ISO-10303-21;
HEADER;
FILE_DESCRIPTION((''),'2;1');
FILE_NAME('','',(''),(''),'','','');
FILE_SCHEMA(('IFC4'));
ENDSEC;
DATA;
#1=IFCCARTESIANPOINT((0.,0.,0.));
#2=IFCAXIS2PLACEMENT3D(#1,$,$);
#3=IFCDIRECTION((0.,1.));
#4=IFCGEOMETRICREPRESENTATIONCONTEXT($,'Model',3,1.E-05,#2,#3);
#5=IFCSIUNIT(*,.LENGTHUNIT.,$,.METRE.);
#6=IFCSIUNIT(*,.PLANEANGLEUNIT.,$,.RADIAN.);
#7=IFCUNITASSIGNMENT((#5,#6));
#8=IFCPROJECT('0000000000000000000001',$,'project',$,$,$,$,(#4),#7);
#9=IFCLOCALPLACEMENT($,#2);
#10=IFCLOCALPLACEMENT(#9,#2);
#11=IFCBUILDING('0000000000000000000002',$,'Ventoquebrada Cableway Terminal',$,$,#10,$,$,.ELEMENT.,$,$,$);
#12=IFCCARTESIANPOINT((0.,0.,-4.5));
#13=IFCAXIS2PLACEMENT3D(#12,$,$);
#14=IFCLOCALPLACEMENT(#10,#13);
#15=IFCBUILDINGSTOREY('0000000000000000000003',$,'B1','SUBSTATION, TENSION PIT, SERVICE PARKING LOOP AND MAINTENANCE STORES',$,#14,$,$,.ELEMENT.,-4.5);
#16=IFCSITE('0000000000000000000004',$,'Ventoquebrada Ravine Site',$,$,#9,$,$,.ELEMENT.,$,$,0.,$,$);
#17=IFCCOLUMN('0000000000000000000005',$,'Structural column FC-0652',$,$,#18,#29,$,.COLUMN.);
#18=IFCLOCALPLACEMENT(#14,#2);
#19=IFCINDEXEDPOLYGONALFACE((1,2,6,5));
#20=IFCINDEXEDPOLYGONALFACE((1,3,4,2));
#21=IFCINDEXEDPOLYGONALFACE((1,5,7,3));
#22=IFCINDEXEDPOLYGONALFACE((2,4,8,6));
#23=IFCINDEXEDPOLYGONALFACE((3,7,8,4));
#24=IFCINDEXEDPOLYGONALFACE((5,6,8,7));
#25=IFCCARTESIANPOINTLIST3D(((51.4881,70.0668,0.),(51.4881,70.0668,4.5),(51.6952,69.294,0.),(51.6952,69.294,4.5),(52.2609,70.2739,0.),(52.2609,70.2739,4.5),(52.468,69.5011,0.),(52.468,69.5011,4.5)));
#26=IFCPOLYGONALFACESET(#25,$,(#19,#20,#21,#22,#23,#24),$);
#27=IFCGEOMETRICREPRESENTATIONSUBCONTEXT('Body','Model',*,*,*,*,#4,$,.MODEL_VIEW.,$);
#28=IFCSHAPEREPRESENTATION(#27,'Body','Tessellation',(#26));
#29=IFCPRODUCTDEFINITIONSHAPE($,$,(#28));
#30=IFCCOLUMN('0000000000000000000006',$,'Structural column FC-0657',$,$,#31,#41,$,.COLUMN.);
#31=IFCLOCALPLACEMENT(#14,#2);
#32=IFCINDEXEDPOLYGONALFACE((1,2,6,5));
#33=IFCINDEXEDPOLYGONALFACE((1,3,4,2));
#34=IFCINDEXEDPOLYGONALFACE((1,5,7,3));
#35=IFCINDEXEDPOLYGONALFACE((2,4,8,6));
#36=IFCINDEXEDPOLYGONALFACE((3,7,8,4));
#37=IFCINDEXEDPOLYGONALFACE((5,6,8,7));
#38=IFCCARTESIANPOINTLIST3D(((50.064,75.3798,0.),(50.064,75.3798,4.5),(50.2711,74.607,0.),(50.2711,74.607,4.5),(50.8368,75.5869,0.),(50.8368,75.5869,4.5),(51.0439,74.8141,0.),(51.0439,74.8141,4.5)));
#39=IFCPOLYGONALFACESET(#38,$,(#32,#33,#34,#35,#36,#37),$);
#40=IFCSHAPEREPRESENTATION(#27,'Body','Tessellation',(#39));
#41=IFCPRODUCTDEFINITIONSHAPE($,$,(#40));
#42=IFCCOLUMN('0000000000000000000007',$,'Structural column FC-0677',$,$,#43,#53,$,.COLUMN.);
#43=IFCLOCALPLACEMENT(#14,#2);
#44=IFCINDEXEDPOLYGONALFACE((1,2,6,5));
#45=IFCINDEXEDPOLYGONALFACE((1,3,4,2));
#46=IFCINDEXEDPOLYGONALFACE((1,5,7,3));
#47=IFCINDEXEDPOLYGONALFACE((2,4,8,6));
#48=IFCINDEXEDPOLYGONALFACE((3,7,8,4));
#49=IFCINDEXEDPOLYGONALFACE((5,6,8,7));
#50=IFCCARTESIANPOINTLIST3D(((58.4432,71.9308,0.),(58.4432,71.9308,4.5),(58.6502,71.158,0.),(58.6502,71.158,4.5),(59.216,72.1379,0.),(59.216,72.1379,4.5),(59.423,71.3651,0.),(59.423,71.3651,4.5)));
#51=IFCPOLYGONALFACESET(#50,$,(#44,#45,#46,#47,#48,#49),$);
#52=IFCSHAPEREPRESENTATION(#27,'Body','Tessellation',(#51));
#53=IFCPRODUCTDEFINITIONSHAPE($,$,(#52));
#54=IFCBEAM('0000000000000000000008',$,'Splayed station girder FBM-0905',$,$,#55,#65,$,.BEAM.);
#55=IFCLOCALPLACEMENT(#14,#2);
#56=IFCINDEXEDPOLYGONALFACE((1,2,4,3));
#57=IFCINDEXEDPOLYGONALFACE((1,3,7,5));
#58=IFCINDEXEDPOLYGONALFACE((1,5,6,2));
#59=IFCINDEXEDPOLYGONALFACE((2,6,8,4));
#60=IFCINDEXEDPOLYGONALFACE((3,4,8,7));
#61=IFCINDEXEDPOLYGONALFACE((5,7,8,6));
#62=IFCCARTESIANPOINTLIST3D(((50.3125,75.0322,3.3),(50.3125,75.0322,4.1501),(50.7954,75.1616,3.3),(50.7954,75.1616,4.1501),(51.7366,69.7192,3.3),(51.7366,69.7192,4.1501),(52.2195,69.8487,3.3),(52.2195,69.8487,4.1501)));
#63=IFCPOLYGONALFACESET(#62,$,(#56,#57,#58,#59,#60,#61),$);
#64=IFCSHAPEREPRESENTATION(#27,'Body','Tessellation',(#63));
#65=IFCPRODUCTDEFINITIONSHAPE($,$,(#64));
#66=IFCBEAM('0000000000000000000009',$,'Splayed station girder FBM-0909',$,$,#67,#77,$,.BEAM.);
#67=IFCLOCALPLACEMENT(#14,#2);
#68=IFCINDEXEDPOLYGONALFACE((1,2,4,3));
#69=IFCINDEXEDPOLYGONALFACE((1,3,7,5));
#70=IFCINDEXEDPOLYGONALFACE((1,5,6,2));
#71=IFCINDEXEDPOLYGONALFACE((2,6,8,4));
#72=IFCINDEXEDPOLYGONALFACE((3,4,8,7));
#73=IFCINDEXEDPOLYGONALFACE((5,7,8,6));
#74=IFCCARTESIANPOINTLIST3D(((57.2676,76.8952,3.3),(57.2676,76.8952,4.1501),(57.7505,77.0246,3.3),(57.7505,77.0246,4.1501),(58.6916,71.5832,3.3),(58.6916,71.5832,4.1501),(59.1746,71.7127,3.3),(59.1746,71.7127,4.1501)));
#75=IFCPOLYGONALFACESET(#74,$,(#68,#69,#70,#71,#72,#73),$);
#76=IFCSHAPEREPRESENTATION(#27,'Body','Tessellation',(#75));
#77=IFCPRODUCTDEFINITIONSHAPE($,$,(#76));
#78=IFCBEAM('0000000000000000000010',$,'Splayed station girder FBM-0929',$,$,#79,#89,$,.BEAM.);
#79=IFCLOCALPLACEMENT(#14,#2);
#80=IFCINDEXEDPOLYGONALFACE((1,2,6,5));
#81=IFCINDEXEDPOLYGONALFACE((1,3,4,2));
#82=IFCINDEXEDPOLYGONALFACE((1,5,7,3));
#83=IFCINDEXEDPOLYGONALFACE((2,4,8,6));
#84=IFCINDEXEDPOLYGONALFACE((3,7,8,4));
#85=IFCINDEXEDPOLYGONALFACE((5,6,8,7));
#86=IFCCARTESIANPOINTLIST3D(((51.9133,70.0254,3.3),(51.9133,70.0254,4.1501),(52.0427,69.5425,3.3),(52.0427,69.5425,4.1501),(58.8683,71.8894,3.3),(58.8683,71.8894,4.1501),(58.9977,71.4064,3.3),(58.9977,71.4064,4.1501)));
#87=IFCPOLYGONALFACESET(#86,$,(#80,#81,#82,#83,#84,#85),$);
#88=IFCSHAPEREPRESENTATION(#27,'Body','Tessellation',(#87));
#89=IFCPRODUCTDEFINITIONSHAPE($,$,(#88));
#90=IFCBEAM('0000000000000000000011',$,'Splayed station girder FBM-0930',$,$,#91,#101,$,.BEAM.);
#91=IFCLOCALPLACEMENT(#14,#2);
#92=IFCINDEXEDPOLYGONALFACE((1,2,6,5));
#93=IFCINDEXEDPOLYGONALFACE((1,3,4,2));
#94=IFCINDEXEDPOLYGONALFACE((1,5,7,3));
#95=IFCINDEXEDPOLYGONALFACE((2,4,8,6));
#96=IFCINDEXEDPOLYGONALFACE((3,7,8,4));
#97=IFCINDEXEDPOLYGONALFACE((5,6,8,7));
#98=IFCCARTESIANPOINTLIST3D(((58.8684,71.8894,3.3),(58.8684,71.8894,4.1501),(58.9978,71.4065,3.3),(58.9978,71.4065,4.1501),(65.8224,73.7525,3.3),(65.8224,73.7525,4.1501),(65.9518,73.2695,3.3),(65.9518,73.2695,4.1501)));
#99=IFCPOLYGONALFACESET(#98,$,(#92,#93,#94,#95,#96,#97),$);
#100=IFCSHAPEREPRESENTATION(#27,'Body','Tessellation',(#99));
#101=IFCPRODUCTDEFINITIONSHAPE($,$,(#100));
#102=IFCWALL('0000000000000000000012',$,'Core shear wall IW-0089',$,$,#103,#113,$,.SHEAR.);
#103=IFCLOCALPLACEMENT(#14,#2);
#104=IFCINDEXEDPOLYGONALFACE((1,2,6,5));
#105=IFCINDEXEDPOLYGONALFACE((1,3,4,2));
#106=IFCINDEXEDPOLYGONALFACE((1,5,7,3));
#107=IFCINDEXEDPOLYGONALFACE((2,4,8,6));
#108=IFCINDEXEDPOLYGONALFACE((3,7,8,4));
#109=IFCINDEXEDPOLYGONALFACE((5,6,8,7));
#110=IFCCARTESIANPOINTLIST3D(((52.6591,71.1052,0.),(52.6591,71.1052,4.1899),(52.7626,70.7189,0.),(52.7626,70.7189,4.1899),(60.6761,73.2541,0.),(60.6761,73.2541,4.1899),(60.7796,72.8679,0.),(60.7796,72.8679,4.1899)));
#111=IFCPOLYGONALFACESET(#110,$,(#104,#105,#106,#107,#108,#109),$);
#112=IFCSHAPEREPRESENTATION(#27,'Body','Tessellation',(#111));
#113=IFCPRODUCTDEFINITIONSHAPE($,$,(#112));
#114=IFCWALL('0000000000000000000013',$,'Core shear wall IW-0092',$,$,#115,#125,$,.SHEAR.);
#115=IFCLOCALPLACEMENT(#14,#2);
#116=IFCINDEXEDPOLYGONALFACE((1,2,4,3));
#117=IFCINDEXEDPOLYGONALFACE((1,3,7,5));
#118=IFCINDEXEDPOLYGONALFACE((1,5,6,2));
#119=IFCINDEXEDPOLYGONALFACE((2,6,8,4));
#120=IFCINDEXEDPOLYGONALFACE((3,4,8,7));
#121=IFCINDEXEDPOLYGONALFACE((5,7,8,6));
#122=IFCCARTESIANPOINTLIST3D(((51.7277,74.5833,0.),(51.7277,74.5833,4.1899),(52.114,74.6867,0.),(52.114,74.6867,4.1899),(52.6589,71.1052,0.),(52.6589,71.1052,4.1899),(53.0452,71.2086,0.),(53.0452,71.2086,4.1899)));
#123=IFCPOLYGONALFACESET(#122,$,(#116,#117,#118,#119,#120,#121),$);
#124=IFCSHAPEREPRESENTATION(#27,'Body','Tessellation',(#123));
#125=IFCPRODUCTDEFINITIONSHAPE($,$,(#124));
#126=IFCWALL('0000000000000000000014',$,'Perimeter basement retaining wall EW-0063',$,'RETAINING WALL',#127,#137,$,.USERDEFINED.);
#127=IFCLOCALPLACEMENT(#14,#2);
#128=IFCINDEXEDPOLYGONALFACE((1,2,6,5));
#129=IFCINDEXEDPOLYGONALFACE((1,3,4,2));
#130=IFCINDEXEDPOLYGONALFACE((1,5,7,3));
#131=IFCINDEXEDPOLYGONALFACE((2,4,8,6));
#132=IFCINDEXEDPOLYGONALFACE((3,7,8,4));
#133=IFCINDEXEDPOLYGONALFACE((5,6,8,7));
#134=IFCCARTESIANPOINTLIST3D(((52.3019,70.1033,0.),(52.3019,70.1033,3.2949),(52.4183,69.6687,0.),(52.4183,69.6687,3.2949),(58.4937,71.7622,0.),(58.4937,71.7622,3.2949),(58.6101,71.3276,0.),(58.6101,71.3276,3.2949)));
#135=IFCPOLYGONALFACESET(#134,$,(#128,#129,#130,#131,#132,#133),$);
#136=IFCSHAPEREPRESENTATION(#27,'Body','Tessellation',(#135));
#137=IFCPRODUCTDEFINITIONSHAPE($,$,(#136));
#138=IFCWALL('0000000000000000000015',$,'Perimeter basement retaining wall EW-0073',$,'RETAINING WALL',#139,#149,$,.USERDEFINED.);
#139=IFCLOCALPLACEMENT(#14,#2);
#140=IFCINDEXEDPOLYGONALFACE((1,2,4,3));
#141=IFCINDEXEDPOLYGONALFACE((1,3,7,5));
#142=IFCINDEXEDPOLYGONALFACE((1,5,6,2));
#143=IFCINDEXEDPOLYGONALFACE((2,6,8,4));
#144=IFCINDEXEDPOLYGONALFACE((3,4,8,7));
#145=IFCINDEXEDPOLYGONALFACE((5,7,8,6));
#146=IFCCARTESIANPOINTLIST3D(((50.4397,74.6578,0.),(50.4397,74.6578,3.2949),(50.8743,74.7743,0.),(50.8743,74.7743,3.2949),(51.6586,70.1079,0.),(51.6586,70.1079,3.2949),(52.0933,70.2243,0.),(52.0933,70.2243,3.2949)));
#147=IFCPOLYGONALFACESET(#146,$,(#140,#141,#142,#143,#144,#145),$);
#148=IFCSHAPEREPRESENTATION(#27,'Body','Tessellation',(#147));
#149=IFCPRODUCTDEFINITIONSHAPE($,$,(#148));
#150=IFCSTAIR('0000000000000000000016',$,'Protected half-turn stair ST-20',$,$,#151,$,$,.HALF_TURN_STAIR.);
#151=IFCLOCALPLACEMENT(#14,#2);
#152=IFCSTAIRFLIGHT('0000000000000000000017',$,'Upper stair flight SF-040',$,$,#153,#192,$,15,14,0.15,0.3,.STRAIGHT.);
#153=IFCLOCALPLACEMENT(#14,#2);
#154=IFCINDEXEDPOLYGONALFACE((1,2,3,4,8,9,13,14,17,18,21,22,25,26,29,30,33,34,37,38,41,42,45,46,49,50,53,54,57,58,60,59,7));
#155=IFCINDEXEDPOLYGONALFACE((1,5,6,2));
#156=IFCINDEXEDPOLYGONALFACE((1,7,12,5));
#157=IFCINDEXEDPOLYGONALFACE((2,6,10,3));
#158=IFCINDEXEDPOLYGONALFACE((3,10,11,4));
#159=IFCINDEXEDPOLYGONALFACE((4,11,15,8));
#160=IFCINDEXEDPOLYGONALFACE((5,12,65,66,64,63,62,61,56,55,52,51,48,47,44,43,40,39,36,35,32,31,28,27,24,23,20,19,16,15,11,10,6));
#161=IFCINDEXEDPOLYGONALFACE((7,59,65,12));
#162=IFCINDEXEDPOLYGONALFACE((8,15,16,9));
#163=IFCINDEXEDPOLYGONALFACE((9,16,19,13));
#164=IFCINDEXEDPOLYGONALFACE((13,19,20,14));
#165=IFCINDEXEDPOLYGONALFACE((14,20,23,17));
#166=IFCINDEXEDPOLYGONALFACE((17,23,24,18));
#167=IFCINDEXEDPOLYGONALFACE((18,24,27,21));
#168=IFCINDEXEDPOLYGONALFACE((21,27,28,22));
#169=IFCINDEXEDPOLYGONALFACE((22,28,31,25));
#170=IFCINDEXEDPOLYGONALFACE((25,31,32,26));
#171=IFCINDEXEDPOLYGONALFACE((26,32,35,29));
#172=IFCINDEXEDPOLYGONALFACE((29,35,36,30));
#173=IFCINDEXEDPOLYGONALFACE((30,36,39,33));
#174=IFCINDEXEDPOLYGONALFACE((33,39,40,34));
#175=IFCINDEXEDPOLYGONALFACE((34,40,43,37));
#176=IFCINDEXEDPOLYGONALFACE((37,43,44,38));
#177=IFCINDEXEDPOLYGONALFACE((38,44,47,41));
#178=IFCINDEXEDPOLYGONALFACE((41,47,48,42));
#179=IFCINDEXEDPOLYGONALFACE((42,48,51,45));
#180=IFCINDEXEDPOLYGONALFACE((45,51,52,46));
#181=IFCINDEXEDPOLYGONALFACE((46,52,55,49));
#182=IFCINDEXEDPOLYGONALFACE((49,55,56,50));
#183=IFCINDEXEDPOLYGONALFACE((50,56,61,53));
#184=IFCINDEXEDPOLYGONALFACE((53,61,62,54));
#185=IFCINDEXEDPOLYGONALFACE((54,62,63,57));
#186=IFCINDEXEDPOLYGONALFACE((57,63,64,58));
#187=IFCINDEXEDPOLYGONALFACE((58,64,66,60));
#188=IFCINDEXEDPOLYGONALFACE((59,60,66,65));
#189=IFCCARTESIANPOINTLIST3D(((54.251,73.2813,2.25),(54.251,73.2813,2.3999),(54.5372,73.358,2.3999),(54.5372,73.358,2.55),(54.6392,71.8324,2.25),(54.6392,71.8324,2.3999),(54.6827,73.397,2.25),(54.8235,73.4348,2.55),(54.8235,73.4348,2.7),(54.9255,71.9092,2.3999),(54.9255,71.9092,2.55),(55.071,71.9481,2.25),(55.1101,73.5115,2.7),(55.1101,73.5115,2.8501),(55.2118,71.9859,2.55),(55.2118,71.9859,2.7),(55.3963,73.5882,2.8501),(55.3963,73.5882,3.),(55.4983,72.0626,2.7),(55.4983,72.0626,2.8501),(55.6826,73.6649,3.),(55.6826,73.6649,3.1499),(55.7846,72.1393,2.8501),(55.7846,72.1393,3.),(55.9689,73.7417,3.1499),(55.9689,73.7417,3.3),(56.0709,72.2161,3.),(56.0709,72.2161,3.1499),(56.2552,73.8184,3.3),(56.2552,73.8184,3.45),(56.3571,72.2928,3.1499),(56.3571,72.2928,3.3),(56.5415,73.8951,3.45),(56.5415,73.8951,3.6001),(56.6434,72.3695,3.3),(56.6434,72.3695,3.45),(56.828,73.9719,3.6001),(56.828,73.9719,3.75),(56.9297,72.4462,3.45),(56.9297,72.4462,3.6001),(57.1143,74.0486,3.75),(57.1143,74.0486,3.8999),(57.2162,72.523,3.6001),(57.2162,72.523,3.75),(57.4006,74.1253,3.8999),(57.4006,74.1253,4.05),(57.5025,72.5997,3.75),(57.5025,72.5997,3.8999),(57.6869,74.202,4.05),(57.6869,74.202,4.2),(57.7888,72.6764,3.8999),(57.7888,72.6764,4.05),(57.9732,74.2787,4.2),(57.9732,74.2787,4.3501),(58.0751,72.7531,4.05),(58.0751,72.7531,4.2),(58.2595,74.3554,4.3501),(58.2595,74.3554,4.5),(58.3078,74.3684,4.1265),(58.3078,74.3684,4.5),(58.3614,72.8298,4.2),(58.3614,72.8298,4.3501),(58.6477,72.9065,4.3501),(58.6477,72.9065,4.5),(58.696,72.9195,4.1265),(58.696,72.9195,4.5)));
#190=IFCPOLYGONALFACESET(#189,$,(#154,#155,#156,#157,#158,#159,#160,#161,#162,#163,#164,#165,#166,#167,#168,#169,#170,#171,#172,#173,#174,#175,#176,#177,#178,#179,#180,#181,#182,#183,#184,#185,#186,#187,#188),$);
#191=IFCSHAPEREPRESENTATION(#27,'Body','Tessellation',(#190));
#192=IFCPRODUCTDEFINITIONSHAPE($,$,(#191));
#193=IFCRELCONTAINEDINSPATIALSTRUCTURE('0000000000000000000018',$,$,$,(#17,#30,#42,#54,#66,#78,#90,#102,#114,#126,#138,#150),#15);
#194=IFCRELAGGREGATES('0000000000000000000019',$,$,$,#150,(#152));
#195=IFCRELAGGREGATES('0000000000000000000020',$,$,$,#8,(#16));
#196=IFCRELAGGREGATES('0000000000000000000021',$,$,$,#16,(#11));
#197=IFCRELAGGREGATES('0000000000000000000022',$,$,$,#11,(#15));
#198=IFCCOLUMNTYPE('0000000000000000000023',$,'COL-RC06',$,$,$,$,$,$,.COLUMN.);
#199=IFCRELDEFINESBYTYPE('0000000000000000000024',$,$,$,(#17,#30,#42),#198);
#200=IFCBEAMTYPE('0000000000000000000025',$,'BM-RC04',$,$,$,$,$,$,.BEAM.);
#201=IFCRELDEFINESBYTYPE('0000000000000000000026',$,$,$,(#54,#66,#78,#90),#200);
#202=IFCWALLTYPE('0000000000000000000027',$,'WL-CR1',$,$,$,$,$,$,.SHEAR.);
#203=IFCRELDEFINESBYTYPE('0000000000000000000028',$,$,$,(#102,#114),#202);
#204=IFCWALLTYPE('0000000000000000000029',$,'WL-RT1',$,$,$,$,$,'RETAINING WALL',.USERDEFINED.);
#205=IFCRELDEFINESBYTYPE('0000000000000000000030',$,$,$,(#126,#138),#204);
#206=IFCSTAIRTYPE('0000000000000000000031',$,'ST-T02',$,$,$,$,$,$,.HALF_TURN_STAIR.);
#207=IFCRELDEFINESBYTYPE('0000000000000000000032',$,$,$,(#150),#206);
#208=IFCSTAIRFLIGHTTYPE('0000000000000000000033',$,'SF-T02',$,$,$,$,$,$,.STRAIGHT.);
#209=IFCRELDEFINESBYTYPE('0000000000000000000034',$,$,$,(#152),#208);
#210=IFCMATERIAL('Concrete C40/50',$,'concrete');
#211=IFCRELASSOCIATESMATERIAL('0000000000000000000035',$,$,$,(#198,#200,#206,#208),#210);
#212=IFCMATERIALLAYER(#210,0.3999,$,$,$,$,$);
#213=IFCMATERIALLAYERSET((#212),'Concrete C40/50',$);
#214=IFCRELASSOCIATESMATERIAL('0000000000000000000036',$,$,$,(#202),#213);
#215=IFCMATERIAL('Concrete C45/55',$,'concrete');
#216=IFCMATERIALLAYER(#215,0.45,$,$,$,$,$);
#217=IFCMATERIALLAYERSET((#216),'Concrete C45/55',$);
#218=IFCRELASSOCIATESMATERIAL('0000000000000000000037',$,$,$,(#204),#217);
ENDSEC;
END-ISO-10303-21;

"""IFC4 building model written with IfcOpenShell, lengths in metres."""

from ifc_helpers import new_model, si_unit, direction, frame, frame_2d, origin, origin_2d, place, context, subcontext, project, spatial, polyline, rectangle, outline, extrude, material, layer, layer_set, material_profile, profile_set, type_object, element, aggregate, save


model = new_model("IFC4")

# Units and contexts
model_context = context("Model", 3, precision=1e-05, world=origin(), true_north=direction((0.0, 1.0)))
body_context = subcontext(model_context, "Body", "Model", "MODEL_VIEW")
ifc_project = project(units=[si_unit("LENGTHUNIT", "METRE"), si_unit("PLANEANGLEUNIT", "RADIAN")], contexts=[model_context])

# Site, building, storey
site_placement = place(None, origin())
site = spatial("IfcSite", under=ifc_project, at=site_placement, Name="Ventoquebrada Ravine Site", CompositionType="ELEMENT", RefElevation=0.0)
building_placement = place(site_placement, origin())
building = spatial("IfcBuilding", under=site, at=building_placement, Name="Ventoquebrada Cableway Terminal", CompositionType="ELEMENT")
storey_placement = place(building_placement, frame((0.0, 0.0, -4.5)))
storey = spatial("IfcBuildingStorey", under=building, at=storey_placement, Name="B1", Description="SUBSTATION, TENSION PIT, SERVICE PARKING LOOP AND MAINTENANCE STORES", CompositionType="ELEMENT", Elevation=-4.5)

# Shared definitions
ifc_material_1 = material(Name="Concrete C40/50", Category="concrete")

# Columns
ifc_material_profile_1 = material_profile(ifc_material_1, rectangle(XDim=0.8, YDim=0.8, at=origin_2d()), Name="RC-COL-800X800")
ifc_profile_set_1 = profile_set([ifc_material_profile_1], Name="Concrete C40/50")
column_type = type_object("IfcColumnType", Name="COL-RC06", PredefinedType="COLUMN", material=ifc_profile_set_1)
for number, where, z_axis, x_axis, name in (
    (1, (51.978, 69.7839, 0.0), (0.0, 0.0, 1.0), (0.965926, 0.258819, 0.0), "Structural column FC-0652"),
    (2, (50.554, 75.0969, 0.0), (0.0, 0.0, 1.0), (0.965926, 0.258819, 0.0), "Structural column FC-0657"),
    (3, (58.9331, 71.6479, 0.0), (0.0, 0.0, 1.0), (0.965926, 0.258819, 0.0), "Structural column FC-0677"),
):
    element("IfcColumn", number, at=place(storey_placement, frame(where, z_axis=z_axis, x_axis=x_axis)), inside=storey, type_object=column_type, Name=name, PredefinedType="COLUMN", context=body_context, shape_type="SweptSolid", body=[
        extrude(rectangle(XDim=0.8, YDim=0.8, at=origin_2d()), origin(), (0.0, 0.0, 1.0), 4.5),
    ])

# Beams
ifc_material_profile_2 = material_profile(ifc_material_1, rectangle(XDim=0.5, YDim=0.8501, at=origin_2d()), Name="RC-BM-500X850")
ifc_profile_set_2 = profile_set([ifc_material_profile_2], Name="Concrete C40/50")
beam_type = type_object("IfcBeamType", Name="BM-RC04", PredefinedType="BEAM", material=ifc_profile_set_2)
beam_1_placement = place(storey_placement, frame((51.978, 69.7839, 3.7251), z_axis=(-0.258897, 0.965905, 0.0), x_axis=(-0.965905, -0.258897, 0.0)))
element("IfcBeam", 4, at=beam_1_placement, inside=storey, type_object=beam_type, Name="Splayed station girder FBM-0905", PredefinedType="BEAM", context=body_context, shape_type="SweptSolid", body=[
    extrude(rectangle(XDim=0.5, YDim=0.8501, at=origin_2d()), origin(), (0.0, 0.0, 1.0), 5.5005),
])
beam_2_placement = place(storey_placement, frame((58.9331, 71.6479, 3.7251), z_axis=(-0.258942, 0.965893, 0.0), x_axis=(-0.965893, -0.258942, 0.0)))
element("IfcBeam", 5, at=beam_2_placement, inside=storey, type_object=beam_type, Name="Splayed station girder FBM-0909", PredefinedType="BEAM", context=body_context, shape_type="SweptSolid", body=[
    extrude(rectangle(XDim=0.5, YDim=0.8501, at=origin_2d()), origin(), (0.0, 0.0, 1.0), 5.4995),
])
beam_3_placement = place(storey_placement, frame((51.978, 69.7839, 3.7251), z_axis=(0.965912, 0.258872, 0.0), x_axis=(-0.258872, 0.965912, 0.0)))
element("IfcBeam", 6, at=beam_3_placement, inside=storey, type_object=beam_type, Name="Splayed station girder FBM-0929", PredefinedType="BEAM", context=body_context, shape_type="SweptSolid", body=[
    extrude(rectangle(XDim=0.5, YDim=0.8501, at=origin_2d()), origin(), (0.0, 0.0, 1.0), 7.2004),
])
beam_4_placement = place(storey_placement, frame((58.9331, 71.6479, 3.7251), z_axis=(0.965934, 0.258788, 0.0), x_axis=(-0.258788, 0.965934, 0.0)))
element("IfcBeam", 7, at=beam_4_placement, inside=storey, type_object=beam_type, Name="Splayed station girder FBM-0930", PredefinedType="BEAM", context=body_context, shape_type="SweptSolid", body=[
    extrude(rectangle(XDim=0.5, YDim=0.8501, at=origin_2d()), origin(), (0.0, 0.0, 1.0), 7.1992),
])

# Walls
ifc_layer_1 = layer(ifc_material_1, 0.3999)
ifc_layer_set_1 = layer_set([ifc_layer_1], Name="Concrete C40/50")
wall_type_1 = type_object("IfcWallType", Name="WL-CR1", PredefinedType="SHEAR", material=ifc_layer_set_1)
wall_1_placement = place(storey_placement, frame((52.7109, 70.9121, 0.0), z_axis=(0.0, 0.0, 1.0), x_axis=(0.965903, 0.258904, 0.0)))
element("IfcWall", 8, at=wall_1_placement, inside=storey, type_object=wall_type_1, Name="Core shear wall IW-0089", PredefinedType="SHEAR", context=body_context, shape_type="SweptSolid", body=[
    extrude(rectangle(XDim=8.3, YDim=0.3999, at=frame_2d((4.1499, 0.0))), origin(), (0.0, 0.0, 1.0), 4.1899),
])
wall_2_placement = place(storey_placement, frame((51.9209, 74.635, 0.0), z_axis=(0.0, 0.0, 1.0), x_axis=(0.258616, -0.96598, 0.0)))
element("IfcWall", 9, at=wall_2_placement, inside=storey, type_object=wall_type_1, Name="Core shear wall IW-0092", PredefinedType="SHEAR", context=body_context, shape_type="SweptSolid", body=[
    extrude(rectangle(XDim=3.6006, YDim=0.3999, at=frame_2d((1.8003, 0.0))), origin(), (0.0, 0.0, 1.0), 4.1899),
])
ifc_material_2 = material(Name="Concrete C45/55", Category="concrete")
ifc_layer_2 = layer(ifc_material_2, 0.45)
ifc_layer_set_2 = layer_set([ifc_layer_2], Name="Concrete C45/55")
wall_type_2 = type_object("IfcWallType", Name="WL-RT1", ElementType="RETAINING WALL", PredefinedType="USERDEFINED", material=ifc_layer_set_2)
wall_3_placement = place(storey_placement, frame((52.3601, 69.886, 0.0), z_axis=(0.0, 0.0, 1.0), x_axis=(0.965933, 0.258793, 0.0)))
element("IfcWall", 10, at=wall_3_placement, inside=storey, type_object=wall_type_2, Name="Perimeter basement retaining wall EW-0063", ObjectType="RETAINING WALL", PredefinedType="USERDEFINED", context=body_context, shape_type="SweptSolid", body=[
    extrude(rectangle(XDim=6.4102, YDim=0.45, at=frame_2d((3.2051, 0.0))), origin(), (0.0, 0.0, 1.0), 3.2949),
])
wall_4_placement = place(storey_placement, frame((50.657, 74.7161, 0.0), z_axis=(0.0, 0.0, 1.0), x_axis=(0.258782, -0.965936, 0.0)))
element("IfcWall", 11, at=wall_4_placement, inside=storey, type_object=wall_type_2, Name="Perimeter basement retaining wall EW-0073", ObjectType="RETAINING WALL", PredefinedType="USERDEFINED", context=body_context, shape_type="SweptSolid", body=[
    extrude(rectangle(XDim=4.7104, YDim=0.45, at=frame_2d((2.3552, 0.0))), origin(), (0.0, 0.0, 1.0), 3.2949),
])

# Stair, stair flight
stair_type = type_object("IfcStairType", Name="ST-T02", PredefinedType="HALF_TURN_STAIR", material=ifc_material_1)
stair_placement = place(storey_placement, origin())
stair = element("IfcStair", 12, at=stair_placement, inside=storey, type_object=stair_type, Name="Protected half-turn stair ST-20", PredefinedType="HALF_TURN_STAIR")
stair_flight_type = type_object("IfcStairFlightType", Name="SF-T02", PredefinedType="STRAIGHT", material=ifc_material_1)
stair_flight_placement = place(storey_placement, frame((54.4451, 72.5569, 2.25), z_axis=(0.0, 0.0, 1.0), x_axis=(0.965926, 0.258819, 0.0)))
stair_flight = element("IfcStairFlight", 13, at=stair_flight_placement, type_object=stair_flight_type, Name="Upper stair flight SF-040", NumberOfRisers=15, NumberOfTreads=14, PredefinedType="STRAIGHT", RiserHeight=0.15, TreadLength=0.3, context=body_context, shape_type="SweptSolid", body=[
    extrude(outline(polyline([(0.0, 0.0), (0.0, 0.1499), (0.2964, 0.1499), (0.2964, 0.3), (0.5928, 0.3), (0.5928, 0.45), (0.8894, 0.45), (0.8894, 0.6001), (1.1858, 0.6001), (1.1858, 0.75), (1.4822, 0.75), (1.4822, 0.8999), (1.7786, 0.8999), (1.7786, 1.05), (2.075, 1.05), (2.075, 1.2), (2.3713, 1.2), (2.3713, 1.3501), (2.668, 1.3501), (2.668, 1.5), (2.9644, 1.5), (2.9644, 1.6499), (3.2607, 1.6499), (3.2607, 1.8), (3.5571, 1.8), (3.5571, 1.95), (3.8535, 1.95), (3.8535, 2.1001), (4.1499, 2.1001), (4.1499, 2.25), (4.2, 2.25), (4.2, 1.8765), (0.447, 0.0), (0.0, 0.0)])), frame((0.0, 0.75, 0.0), z_axis=(0.0, -1.0, 0.0), x_axis=(1.0, 0.0, 0.0)), (0.0, 0.0, 1.0), 1.5),
])
aggregate(stair, [stair_flight])

save(model, "model.ifc")
